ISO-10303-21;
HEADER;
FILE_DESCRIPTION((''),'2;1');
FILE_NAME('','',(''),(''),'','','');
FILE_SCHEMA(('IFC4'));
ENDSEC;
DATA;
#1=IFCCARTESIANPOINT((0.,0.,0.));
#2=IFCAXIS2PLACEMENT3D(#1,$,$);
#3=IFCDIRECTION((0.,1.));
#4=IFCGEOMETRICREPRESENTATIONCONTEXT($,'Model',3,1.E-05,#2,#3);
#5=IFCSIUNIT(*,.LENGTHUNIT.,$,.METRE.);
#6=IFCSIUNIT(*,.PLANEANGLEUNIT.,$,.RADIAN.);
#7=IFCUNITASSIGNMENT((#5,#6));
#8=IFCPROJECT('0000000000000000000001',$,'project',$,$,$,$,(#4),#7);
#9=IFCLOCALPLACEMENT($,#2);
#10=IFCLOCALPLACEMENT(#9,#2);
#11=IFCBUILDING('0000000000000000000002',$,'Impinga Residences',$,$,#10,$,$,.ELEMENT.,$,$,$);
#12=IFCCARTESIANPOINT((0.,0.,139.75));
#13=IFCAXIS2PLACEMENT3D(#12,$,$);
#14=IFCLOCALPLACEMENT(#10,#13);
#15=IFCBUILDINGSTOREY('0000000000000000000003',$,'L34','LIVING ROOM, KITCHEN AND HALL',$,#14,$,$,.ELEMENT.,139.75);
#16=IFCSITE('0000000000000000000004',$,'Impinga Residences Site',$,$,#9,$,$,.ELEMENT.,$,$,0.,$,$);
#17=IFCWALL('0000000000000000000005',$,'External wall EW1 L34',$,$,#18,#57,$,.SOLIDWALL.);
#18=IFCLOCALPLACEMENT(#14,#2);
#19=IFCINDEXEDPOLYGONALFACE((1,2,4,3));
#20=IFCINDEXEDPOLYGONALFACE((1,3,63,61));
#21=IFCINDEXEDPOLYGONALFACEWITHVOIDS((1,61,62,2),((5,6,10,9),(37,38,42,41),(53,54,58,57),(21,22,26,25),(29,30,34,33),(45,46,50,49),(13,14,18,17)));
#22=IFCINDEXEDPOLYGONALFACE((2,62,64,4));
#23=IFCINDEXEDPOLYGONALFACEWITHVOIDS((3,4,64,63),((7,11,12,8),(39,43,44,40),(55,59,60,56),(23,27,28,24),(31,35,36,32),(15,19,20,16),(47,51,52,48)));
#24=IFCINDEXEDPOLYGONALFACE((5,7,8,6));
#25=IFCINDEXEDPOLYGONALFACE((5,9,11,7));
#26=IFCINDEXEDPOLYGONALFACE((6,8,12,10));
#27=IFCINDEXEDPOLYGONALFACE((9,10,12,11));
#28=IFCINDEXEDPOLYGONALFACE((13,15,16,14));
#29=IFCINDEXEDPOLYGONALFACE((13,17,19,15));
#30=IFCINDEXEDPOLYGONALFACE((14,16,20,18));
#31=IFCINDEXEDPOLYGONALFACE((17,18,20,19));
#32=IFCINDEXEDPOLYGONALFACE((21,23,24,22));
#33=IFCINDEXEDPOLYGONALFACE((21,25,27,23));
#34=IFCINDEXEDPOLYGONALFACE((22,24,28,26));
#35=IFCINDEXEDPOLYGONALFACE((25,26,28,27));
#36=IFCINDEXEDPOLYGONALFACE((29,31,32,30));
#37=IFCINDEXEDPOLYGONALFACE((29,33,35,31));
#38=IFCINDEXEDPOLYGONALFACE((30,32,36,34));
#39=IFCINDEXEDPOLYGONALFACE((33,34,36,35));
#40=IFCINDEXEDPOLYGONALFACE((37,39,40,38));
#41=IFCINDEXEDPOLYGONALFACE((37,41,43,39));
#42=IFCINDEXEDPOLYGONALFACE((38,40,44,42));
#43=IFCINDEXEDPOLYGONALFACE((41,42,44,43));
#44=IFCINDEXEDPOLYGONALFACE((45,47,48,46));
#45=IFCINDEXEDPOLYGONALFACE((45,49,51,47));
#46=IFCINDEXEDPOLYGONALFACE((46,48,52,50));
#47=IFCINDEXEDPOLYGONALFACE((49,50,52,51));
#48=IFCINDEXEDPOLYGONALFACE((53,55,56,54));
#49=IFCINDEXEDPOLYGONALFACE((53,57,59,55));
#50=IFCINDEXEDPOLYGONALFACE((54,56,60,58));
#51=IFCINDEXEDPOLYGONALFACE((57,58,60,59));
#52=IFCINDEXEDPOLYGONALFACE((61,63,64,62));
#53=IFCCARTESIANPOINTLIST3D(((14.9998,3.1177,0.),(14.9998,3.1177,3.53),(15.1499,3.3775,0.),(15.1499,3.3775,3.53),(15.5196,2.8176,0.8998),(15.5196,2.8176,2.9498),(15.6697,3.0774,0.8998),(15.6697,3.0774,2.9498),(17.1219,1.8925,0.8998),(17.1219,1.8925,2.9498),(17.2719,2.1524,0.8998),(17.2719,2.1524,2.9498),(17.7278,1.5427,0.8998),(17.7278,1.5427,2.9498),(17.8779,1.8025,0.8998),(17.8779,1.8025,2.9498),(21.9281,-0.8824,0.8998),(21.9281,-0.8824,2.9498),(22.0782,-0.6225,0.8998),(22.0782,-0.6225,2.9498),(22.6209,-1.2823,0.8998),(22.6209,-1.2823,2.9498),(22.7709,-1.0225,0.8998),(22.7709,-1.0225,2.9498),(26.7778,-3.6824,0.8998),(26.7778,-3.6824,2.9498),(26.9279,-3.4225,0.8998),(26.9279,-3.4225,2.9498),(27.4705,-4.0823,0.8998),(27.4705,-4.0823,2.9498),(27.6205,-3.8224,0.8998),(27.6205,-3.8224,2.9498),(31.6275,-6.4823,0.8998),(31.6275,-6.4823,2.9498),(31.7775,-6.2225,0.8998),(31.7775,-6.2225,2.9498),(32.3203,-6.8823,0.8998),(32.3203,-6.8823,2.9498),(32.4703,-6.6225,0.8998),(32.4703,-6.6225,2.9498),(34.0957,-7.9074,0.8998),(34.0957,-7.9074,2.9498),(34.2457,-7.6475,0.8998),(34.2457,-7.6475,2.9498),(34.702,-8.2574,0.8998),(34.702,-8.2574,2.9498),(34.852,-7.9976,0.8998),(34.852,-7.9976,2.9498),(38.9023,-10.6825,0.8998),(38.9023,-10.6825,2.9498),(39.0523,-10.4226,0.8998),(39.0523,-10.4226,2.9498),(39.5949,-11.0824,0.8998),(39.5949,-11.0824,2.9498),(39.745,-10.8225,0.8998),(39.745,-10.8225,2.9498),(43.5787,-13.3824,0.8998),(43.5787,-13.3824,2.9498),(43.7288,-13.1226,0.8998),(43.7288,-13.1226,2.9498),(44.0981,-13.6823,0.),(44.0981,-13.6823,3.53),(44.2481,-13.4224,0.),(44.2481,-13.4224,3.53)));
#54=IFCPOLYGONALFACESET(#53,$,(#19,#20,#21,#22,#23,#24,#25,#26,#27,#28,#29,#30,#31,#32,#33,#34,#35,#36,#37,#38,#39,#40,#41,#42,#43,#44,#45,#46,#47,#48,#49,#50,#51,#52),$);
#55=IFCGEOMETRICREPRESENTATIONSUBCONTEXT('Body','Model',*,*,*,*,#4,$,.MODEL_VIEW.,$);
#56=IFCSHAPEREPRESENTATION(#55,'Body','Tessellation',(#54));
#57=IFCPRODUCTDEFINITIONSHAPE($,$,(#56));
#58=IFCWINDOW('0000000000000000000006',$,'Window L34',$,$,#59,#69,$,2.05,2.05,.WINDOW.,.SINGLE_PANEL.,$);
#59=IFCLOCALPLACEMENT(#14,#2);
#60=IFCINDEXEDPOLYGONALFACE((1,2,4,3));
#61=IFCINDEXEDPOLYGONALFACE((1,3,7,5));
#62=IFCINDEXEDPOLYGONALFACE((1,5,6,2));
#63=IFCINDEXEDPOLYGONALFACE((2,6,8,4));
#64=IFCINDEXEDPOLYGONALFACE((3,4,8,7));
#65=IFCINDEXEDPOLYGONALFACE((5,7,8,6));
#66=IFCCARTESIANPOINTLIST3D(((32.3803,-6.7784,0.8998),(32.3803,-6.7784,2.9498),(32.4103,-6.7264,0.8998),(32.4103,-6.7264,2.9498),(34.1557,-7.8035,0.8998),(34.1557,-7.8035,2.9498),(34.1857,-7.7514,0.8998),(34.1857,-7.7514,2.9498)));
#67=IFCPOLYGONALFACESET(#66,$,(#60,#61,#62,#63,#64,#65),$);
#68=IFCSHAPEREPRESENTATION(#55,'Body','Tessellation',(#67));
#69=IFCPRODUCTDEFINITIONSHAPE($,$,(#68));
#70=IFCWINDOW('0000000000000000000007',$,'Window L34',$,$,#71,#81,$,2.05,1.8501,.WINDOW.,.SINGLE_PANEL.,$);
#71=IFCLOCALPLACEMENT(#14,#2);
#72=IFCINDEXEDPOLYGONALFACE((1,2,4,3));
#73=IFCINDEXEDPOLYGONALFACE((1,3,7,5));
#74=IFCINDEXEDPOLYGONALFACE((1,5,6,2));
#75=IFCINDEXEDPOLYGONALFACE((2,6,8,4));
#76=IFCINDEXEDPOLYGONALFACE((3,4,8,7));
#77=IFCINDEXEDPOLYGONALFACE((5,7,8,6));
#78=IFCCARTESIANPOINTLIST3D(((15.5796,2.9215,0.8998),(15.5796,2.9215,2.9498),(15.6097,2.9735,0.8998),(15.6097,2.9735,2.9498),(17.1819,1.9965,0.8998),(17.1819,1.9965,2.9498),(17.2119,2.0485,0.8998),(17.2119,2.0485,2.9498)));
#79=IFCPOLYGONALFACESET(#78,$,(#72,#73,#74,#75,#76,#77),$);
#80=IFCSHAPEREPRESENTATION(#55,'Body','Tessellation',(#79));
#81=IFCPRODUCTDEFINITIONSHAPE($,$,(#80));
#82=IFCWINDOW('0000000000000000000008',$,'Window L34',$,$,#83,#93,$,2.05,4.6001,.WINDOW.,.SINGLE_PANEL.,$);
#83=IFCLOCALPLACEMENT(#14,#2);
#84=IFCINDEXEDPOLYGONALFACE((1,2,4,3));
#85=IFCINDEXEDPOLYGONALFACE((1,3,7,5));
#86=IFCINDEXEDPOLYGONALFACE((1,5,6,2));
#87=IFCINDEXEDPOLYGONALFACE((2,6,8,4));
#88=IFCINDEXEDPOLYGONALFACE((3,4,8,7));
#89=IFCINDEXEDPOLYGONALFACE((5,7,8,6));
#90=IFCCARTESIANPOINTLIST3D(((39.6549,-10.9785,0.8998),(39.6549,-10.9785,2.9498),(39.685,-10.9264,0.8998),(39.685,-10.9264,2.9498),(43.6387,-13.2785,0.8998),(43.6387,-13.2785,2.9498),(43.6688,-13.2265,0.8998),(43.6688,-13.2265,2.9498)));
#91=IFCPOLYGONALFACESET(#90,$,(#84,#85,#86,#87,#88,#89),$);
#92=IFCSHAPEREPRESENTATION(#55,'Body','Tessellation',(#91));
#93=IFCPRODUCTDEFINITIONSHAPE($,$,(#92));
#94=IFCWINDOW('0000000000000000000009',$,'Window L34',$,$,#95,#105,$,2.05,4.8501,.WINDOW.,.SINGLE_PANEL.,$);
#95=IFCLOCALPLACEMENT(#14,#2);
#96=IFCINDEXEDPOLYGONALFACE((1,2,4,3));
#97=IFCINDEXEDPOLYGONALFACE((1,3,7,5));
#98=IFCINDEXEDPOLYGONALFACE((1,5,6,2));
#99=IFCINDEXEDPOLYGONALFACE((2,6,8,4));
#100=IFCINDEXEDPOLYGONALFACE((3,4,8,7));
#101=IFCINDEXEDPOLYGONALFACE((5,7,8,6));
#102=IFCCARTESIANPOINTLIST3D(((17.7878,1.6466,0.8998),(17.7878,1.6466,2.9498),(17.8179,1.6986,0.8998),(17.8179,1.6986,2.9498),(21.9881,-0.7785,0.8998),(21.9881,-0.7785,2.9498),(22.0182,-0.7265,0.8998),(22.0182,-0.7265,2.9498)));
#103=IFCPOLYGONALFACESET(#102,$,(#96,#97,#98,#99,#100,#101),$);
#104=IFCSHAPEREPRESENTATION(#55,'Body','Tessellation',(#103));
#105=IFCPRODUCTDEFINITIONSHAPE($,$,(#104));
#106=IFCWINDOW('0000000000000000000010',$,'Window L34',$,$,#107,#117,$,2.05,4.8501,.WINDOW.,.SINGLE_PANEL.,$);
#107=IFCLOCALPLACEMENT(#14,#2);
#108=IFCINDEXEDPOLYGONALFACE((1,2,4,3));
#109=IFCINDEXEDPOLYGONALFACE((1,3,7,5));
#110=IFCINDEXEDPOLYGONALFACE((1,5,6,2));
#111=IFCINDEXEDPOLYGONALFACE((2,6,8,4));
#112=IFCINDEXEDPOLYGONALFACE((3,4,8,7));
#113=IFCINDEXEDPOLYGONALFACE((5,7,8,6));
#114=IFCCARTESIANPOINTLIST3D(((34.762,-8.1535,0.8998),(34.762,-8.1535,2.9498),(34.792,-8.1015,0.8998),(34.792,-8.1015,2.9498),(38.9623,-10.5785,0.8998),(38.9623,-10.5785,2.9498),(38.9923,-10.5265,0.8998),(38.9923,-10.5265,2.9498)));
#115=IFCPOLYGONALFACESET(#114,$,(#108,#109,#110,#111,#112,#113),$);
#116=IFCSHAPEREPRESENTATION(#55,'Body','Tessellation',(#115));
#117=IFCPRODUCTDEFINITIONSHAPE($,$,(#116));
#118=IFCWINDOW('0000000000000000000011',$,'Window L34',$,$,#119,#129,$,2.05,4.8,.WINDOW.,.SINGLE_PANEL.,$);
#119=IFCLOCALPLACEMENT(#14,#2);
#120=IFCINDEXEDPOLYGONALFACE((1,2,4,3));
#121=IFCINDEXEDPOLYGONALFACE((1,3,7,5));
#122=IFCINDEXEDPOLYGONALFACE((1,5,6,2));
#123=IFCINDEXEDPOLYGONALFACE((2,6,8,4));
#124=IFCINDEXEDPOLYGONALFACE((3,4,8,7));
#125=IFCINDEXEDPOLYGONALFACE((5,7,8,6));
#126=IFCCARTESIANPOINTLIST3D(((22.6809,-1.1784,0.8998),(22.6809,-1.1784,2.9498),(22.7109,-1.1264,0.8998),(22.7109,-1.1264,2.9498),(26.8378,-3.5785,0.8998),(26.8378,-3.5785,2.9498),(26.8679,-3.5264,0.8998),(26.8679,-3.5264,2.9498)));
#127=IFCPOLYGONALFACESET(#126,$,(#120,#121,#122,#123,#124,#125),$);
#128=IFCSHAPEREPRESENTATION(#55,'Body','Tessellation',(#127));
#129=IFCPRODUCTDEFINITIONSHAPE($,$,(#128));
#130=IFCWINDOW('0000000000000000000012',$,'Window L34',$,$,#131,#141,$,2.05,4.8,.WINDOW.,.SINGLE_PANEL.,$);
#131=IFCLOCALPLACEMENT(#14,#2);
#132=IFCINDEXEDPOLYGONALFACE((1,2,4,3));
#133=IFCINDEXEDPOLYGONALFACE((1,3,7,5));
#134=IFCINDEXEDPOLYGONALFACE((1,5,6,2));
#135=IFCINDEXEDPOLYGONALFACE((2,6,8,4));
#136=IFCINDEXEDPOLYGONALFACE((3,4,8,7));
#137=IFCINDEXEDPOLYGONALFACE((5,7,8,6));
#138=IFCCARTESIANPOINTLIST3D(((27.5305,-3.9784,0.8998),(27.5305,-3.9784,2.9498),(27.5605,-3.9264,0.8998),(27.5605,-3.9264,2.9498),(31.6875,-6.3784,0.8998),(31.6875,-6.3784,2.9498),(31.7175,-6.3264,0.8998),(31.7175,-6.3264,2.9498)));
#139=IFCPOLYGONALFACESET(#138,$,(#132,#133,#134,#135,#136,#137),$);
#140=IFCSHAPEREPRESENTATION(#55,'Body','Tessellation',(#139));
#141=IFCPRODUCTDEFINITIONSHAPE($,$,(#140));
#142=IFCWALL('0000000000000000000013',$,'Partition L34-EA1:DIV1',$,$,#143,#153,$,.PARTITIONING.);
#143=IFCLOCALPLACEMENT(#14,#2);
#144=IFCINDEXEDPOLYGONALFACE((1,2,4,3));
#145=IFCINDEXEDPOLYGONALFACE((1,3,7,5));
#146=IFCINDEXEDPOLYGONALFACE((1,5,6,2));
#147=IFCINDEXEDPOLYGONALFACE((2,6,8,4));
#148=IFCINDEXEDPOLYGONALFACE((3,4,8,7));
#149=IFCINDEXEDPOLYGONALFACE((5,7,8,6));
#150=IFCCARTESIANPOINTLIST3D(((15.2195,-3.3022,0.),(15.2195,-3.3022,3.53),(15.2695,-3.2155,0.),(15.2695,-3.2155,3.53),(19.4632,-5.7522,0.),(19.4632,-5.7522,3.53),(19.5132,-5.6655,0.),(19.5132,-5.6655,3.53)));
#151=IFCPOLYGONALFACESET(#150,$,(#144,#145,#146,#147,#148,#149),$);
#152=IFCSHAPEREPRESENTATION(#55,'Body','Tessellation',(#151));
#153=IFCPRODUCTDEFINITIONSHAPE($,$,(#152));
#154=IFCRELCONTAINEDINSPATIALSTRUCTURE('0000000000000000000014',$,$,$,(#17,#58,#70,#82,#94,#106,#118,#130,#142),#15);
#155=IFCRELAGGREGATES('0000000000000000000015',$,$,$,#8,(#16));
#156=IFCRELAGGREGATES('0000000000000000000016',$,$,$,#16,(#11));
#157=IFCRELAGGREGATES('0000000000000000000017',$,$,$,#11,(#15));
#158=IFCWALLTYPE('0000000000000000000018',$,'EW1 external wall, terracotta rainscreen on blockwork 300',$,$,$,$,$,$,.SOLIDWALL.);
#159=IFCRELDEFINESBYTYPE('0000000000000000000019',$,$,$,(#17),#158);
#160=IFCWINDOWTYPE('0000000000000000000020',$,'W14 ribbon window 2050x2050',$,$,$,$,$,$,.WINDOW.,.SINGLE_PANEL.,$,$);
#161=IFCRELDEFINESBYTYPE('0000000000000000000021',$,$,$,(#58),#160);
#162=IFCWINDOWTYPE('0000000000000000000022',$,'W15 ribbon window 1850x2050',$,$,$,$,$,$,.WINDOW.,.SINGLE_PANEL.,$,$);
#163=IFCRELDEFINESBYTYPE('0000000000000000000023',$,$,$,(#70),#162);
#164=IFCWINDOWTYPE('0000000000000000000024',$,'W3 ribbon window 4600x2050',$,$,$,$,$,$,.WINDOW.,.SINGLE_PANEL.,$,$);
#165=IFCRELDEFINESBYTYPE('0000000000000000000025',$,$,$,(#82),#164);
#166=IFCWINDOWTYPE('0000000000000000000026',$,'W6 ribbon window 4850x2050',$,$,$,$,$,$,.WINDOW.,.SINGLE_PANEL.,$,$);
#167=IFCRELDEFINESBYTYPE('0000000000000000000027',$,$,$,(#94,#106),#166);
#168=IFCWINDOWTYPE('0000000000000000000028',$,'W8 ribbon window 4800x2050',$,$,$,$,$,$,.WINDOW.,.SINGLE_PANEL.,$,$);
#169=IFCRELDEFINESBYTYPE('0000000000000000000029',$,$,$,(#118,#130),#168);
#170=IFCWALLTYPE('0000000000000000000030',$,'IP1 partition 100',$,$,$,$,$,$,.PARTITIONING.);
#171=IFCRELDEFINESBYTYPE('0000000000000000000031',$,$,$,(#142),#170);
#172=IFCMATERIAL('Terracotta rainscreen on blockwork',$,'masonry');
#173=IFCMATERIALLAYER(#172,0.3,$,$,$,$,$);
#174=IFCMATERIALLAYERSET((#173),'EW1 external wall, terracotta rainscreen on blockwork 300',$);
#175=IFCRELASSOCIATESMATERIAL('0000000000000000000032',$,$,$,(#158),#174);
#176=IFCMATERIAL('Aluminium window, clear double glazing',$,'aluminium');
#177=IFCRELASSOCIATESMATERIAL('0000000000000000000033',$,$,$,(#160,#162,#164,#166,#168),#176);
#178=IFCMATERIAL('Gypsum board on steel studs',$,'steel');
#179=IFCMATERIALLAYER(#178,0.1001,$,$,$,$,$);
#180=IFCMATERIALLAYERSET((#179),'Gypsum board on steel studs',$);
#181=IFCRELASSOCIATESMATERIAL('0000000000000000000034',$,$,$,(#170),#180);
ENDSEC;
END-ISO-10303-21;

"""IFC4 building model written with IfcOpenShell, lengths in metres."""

from ifc_helpers import new_model, si_unit, direction, frame, frame_2d, origin, place, context, subcontext, project, spatial, rectangle, extrude, material, layer, layer_set, type_object, element, fill, save


model = new_model("IFC4")

# Units and contexts
model_context = context("Model", 3, precision=1e-05, world=origin(), true_north=direction((0.0, 1.0)))
body_context = subcontext(model_context, "Body", "Model", "MODEL_VIEW")
ifc_project = project(units=[si_unit("LENGTHUNIT", "METRE"), si_unit("PLANEANGLEUNIT", "RADIAN")], contexts=[model_context])

# Site, building, storey
site_placement = place(None, origin())
site = spatial("IfcSite", under=ifc_project, at=site_placement, Name="Impinga Residences Site", CompositionType="ELEMENT", RefElevation=0.0)
building_placement = place(site_placement, origin())
building = spatial("IfcBuilding", under=site, at=building_placement, Name="Impinga Residences", CompositionType="ELEMENT")
storey_placement = place(building_placement, frame((0.0, 0.0, 139.75)))
storey = spatial("IfcBuildingStorey", under=building, at=storey_placement, Name="L34", Description="LIVING ROOM, KITCHEN AND HALL", CompositionType="ELEMENT", Elevation=139.75)

# Shared definitions
ifc_material_1 = material(Name="Terracotta rainscreen on blockwork", Category="masonry")
ifc_layer_1 = layer(ifc_material_1, 0.3)
ifc_layer_set_1 = layer_set([ifc_layer_1], Name="EW1 external wall, terracotta rainscreen on blockwork 300")
wall_type_1 = type_object("IfcWallType", Name="EW1 external wall, terracotta rainscreen on blockwork 300", PredefinedType="SOLIDWALL", material=ifc_layer_set_1)

# Wall, openings, windows
wall_1_placement = place(storey_placement, frame((15.075, 3.2476, 0.0), z_axis=(0.0, 0.0, 1.0), x_axis=(0.866024, -0.500002, 0.0)))
wall_1 = element("IfcWall", 1, at=wall_1_placement, inside=storey, type_object=wall_type_1, Name="External wall EW1 L34", PredefinedType="SOLIDWALL", context=body_context, shape_type="SweptSolid", body=[
    extrude(rectangle(XDim=33.5999, YDim=0.3, at=frame_2d((16.7998, 0.0))), origin(), (0.0, 0.0, 1.0), 3.53),
])
opening_1_placement = place(wall_1_placement, frame((0.6001, 0.0, 0.8999)))
opening_1 = element("IfcOpeningElement", 2, at=opening_1_placement, cuts=wall_1, PredefinedType="OPENING", context=body_context, shape_type="SweptSolid", body=[
    extrude(rectangle(XDim=1.8501, YDim=2.05, at=frame_2d((0.925, 1.0249))), frame((0.0, 0.1599, 0.0), z_axis=(0.0, -1.0, 0.0), x_axis=(1.0, 0.0, 0.0)), (0.0, 0.0, 1.0), 0.3201),
])
opening_2_placement = place(wall_1_placement, frame((3.1499, 0.0, 0.8999)))
opening_2 = element("IfcOpeningElement", 3, at=opening_2_placement, cuts=wall_1, PredefinedType="OPENING", context=body_context, shape_type="SweptSolid", body=[
    extrude(rectangle(XDim=4.8501, YDim=2.05, at=frame_2d((2.425, 1.0249))), frame((0.0, 0.1599, 0.0), z_axis=(0.0, -1.0, 0.0), x_axis=(1.0, 0.0, 0.0)), (0.0, 0.0, 1.0), 0.3201),
])
opening_3_placement = place(wall_1_placement, frame((8.8, 0.0, 0.8999)))
opening_3 = element("IfcOpeningElement", 4, at=opening_3_placement, cuts=wall_1, PredefinedType="OPENING", context=body_context, shape_type="SweptSolid", body=[
    extrude(rectangle(XDim=4.8, YDim=2.05, at=frame_2d((2.3999, 1.0249))), frame((0.0, 0.1599, 0.0), z_axis=(0.0, -1.0, 0.0), x_axis=(1.0, 0.0, 0.0)), (0.0, 0.0, 1.0), 0.3201),
])
opening_4_placement = place(wall_1_placement, frame((14.3999, 0.0, 0.8999)))
opening_4 = element("IfcOpeningElement", 5, at=opening_4_placement, cuts=wall_1, PredefinedType="OPENING", context=body_context, shape_type="SweptSolid", body=[
    extrude(rectangle(XDim=4.8, YDim=2.05, at=frame_2d((2.3999, 1.0249))), frame((0.0, 0.1599, 0.0), z_axis=(0.0, -1.0, 0.0), x_axis=(1.0, 0.0, 0.0)), (0.0, 0.0, 1.0), 0.3201),
])
opening_5_placement = place(wall_1_placement, frame((20.0, 0.0, 0.8999)))
opening_5 = element("IfcOpeningElement", 6, at=opening_5_placement, cuts=wall_1, PredefinedType="OPENING", context=body_context, shape_type="SweptSolid", body=[
    extrude(rectangle(XDim=2.05, YDim=2.05, at=frame_2d((1.0249, 1.0249))), frame((0.0, 0.1599, 0.0), z_axis=(0.0, -1.0, 0.0), x_axis=(1.0, 0.0, 0.0)), (0.0, 0.0, 1.0), 0.3201),
])
opening_6_placement = place(wall_1_placement, frame((22.75, 0.0, 0.8999)))
opening_6 = element("IfcOpeningElement", 7, at=opening_6_placement, cuts=wall_1, PredefinedType="OPENING", context=body_context, shape_type="SweptSolid", body=[
    extrude(rectangle(XDim=4.8501, YDim=2.05, at=frame_2d((2.425, 1.0249))), frame((0.0, 0.1599, 0.0), z_axis=(0.0, -1.0, 0.0), x_axis=(1.0, 0.0, 0.0)), (0.0, 0.0, 1.0), 0.3201),
])
opening_7_placement = place(wall_1_placement, frame((28.3999, 0.0, 0.8999)))
opening_7 = element("IfcOpeningElement", 8, at=opening_7_placement, cuts=wall_1, PredefinedType="OPENING", context=body_context, shape_type="SweptSolid", body=[
    extrude(rectangle(XDim=4.6001, YDim=2.05, at=frame_2d((2.3, 1.0249))), frame((0.0, 0.1599, 0.0), z_axis=(0.0, -1.0, 0.0), x_axis=(1.0, 0.0, 0.0)), (0.0, 0.0, 1.0), 0.3201),
])
ifc_material_2 = material(Name="Aluminium window, clear double glazing", Category="aluminium")
window_type_1 = type_object("IfcWindowType", Name="W14 ribbon window 2050x2050", PartitioningType="SINGLE_PANEL", PredefinedType="WINDOW", material=ifc_material_2)
window_1_placement = place(opening_5_placement, origin())
window_1 = element("IfcWindow", 9, at=window_1_placement, inside=storey, type_object=window_type_1, Name="Window L34", OverallHeight=2.05, OverallWidth=2.05, PartitioningType="SINGLE_PANEL", PredefinedType="WINDOW", context=body_context, shape_type="SweptSolid", body=[
    extrude(rectangle(XDim=2.05, YDim=2.05, at=frame_2d((1.0249, 1.0249))), frame((0.0, 0.03, 0.0), z_axis=(0.0, -1.0, 0.0), x_axis=(1.0, 0.0, 0.0)), (0.0, 0.0, 1.0), 0.0601),
])
fill(opening_5, window_1)
window_type_2 = type_object("IfcWindowType", Name="W15 ribbon window 1850x2050", PartitioningType="SINGLE_PANEL", PredefinedType="WINDOW", material=ifc_material_2)
window_2_placement = place(opening_1_placement, origin())
window_2 = element("IfcWindow", 10, at=window_2_placement, inside=storey, type_object=window_type_2, Name="Window L34", OverallHeight=2.05, OverallWidth=1.8501, PartitioningType="SINGLE_PANEL", PredefinedType="WINDOW", context=body_context, shape_type="SweptSolid", body=[
    extrude(rectangle(XDim=1.8501, YDim=2.05, at=frame_2d((0.925, 1.0249))), frame((0.0, 0.03, 0.0), z_axis=(0.0, -1.0, 0.0), x_axis=(1.0, 0.0, 0.0)), (0.0, 0.0, 1.0), 0.0601),
])
fill(opening_1, window_2)
window_type_3 = type_object("IfcWindowType", Name="W3 ribbon window 4600x2050", PartitioningType="SINGLE_PANEL", PredefinedType="WINDOW", material=ifc_material_2)
window_3_placement = place(opening_7_placement, origin())
window_3 = element("IfcWindow", 11, at=window_3_placement, inside=storey, type_object=window_type_3, Name="Window L34", OverallHeight=2.05, OverallWidth=4.6001, PartitioningType="SINGLE_PANEL", PredefinedType="WINDOW", context=body_context, shape_type="SweptSolid", body=[
    extrude(rectangle(XDim=4.6001, YDim=2.05, at=frame_2d((2.3, 1.0249))), frame((0.0, 0.03, 0.0), z_axis=(0.0, -1.0, 0.0), x_axis=(1.0, 0.0, 0.0)), (0.0, 0.0, 1.0), 0.0601),
])
fill(opening_7, window_3)
window_type_4 = type_object("IfcWindowType", Name="W6 ribbon window 4850x2050", PartitioningType="SINGLE_PANEL", PredefinedType="WINDOW", material=ifc_material_2)
window_4_placement = place(opening_2_placement, origin())
window_4 = element("IfcWindow", 12, at=window_4_placement, inside=storey, type_object=window_type_4, Name="Window L34", OverallHeight=2.05, OverallWidth=4.8501, PartitioningType="SINGLE_PANEL", PredefinedType="WINDOW", context=body_context, shape_type="SweptSolid", body=[
    extrude(rectangle(XDim=4.8501, YDim=2.05, at=frame_2d((2.425, 1.0249))), frame((0.0, 0.03, 0.0), z_axis=(0.0, -1.0, 0.0), x_axis=(1.0, 0.0, 0.0)), (0.0, 0.0, 1.0), 0.0601),
])
fill(opening_2, window_4)
window_5_placement = place(opening_6_placement, origin())
window_5 = element("IfcWindow", 13, at=window_5_placement, inside=storey, type_object=window_type_4, Name="Window L34", OverallHeight=2.05, OverallWidth=4.8501, PartitioningType="SINGLE_PANEL", PredefinedType="WINDOW", context=body_context, shape_type="SweptSolid", body=[
    extrude(rectangle(XDim=4.8501, YDim=2.05, at=frame_2d((2.425, 1.0249))), frame((0.0, 0.03, 0.0), z_axis=(0.0, -1.0, 0.0), x_axis=(1.0, 0.0, 0.0)), (0.0, 0.0, 1.0), 0.0601),
])
fill(opening_6, window_5)
window_type_5 = type_object("IfcWindowType", Name="W8 ribbon window 4800x2050", PartitioningType="SINGLE_PANEL", PredefinedType="WINDOW", material=ifc_material_2)
window_6_placement = place(opening_3_placement, origin())
window_6 = element("IfcWindow", 14, at=window_6_placement, inside=storey, type_object=window_type_5, Name="Window L34", OverallHeight=2.05, OverallWidth=4.8, PartitioningType="SINGLE_PANEL", PredefinedType="WINDOW", context=body_context, shape_type="SweptSolid", body=[
    extrude(rectangle(XDim=4.8, YDim=2.05, at=frame_2d((2.3999, 1.0249))), frame((0.0, 0.03, 0.0), z_axis=(0.0, -1.0, 0.0), x_axis=(1.0, 0.0, 0.0)), (0.0, 0.0, 1.0), 0.0601),
])
fill(opening_3, window_6)
window_7_placement = place(opening_4_placement, origin())
window_7 = element("IfcWindow", 15, at=window_7_placement, inside=storey, type_object=window_type_5, Name="Window L34", OverallHeight=2.05, OverallWidth=4.8, PartitioningType="SINGLE_PANEL", PredefinedType="WINDOW", context=body_context, shape_type="SweptSolid", body=[
    extrude(rectangle(XDim=4.8, YDim=2.05, at=frame_2d((2.3999, 1.0249))), frame((0.0, 0.03, 0.0), z_axis=(0.0, -1.0, 0.0), x_axis=(1.0, 0.0, 0.0)), (0.0, 0.0, 1.0), 0.0601),
])
fill(opening_4, window_7)

# Wall
ifc_material_3 = material(Name="Gypsum board on steel studs", Category="steel")
ifc_layer_2 = layer(ifc_material_3, 0.1001)
ifc_layer_set_2 = layer_set([ifc_layer_2], Name="Gypsum board on steel studs")
wall_type_2 = type_object("IfcWallType", Name="IP1 partition 100", PredefinedType="PARTITIONING", material=ifc_layer_set_2)
wall_2_placement = place(storey_placement, frame((15.2444, -3.2588, 0.0), z_axis=(0.0, 0.0, 1.0), x_axis=(0.866036, -0.499981, 0.0)))
element("IfcWall", 16, at=wall_2_placement, inside=storey, type_object=wall_type_2, Name="Partition L34-EA1:DIV1", PredefinedType="PARTITIONING", context=body_context, shape_type="SweptSolid", body=[
    extrude(rectangle(XDim=4.9001, YDim=0.1001, at=frame_2d((2.4502, 0.0))), origin(), (0.0, 0.0, 1.0), 3.53),
])

save(model, "model.ifc")
